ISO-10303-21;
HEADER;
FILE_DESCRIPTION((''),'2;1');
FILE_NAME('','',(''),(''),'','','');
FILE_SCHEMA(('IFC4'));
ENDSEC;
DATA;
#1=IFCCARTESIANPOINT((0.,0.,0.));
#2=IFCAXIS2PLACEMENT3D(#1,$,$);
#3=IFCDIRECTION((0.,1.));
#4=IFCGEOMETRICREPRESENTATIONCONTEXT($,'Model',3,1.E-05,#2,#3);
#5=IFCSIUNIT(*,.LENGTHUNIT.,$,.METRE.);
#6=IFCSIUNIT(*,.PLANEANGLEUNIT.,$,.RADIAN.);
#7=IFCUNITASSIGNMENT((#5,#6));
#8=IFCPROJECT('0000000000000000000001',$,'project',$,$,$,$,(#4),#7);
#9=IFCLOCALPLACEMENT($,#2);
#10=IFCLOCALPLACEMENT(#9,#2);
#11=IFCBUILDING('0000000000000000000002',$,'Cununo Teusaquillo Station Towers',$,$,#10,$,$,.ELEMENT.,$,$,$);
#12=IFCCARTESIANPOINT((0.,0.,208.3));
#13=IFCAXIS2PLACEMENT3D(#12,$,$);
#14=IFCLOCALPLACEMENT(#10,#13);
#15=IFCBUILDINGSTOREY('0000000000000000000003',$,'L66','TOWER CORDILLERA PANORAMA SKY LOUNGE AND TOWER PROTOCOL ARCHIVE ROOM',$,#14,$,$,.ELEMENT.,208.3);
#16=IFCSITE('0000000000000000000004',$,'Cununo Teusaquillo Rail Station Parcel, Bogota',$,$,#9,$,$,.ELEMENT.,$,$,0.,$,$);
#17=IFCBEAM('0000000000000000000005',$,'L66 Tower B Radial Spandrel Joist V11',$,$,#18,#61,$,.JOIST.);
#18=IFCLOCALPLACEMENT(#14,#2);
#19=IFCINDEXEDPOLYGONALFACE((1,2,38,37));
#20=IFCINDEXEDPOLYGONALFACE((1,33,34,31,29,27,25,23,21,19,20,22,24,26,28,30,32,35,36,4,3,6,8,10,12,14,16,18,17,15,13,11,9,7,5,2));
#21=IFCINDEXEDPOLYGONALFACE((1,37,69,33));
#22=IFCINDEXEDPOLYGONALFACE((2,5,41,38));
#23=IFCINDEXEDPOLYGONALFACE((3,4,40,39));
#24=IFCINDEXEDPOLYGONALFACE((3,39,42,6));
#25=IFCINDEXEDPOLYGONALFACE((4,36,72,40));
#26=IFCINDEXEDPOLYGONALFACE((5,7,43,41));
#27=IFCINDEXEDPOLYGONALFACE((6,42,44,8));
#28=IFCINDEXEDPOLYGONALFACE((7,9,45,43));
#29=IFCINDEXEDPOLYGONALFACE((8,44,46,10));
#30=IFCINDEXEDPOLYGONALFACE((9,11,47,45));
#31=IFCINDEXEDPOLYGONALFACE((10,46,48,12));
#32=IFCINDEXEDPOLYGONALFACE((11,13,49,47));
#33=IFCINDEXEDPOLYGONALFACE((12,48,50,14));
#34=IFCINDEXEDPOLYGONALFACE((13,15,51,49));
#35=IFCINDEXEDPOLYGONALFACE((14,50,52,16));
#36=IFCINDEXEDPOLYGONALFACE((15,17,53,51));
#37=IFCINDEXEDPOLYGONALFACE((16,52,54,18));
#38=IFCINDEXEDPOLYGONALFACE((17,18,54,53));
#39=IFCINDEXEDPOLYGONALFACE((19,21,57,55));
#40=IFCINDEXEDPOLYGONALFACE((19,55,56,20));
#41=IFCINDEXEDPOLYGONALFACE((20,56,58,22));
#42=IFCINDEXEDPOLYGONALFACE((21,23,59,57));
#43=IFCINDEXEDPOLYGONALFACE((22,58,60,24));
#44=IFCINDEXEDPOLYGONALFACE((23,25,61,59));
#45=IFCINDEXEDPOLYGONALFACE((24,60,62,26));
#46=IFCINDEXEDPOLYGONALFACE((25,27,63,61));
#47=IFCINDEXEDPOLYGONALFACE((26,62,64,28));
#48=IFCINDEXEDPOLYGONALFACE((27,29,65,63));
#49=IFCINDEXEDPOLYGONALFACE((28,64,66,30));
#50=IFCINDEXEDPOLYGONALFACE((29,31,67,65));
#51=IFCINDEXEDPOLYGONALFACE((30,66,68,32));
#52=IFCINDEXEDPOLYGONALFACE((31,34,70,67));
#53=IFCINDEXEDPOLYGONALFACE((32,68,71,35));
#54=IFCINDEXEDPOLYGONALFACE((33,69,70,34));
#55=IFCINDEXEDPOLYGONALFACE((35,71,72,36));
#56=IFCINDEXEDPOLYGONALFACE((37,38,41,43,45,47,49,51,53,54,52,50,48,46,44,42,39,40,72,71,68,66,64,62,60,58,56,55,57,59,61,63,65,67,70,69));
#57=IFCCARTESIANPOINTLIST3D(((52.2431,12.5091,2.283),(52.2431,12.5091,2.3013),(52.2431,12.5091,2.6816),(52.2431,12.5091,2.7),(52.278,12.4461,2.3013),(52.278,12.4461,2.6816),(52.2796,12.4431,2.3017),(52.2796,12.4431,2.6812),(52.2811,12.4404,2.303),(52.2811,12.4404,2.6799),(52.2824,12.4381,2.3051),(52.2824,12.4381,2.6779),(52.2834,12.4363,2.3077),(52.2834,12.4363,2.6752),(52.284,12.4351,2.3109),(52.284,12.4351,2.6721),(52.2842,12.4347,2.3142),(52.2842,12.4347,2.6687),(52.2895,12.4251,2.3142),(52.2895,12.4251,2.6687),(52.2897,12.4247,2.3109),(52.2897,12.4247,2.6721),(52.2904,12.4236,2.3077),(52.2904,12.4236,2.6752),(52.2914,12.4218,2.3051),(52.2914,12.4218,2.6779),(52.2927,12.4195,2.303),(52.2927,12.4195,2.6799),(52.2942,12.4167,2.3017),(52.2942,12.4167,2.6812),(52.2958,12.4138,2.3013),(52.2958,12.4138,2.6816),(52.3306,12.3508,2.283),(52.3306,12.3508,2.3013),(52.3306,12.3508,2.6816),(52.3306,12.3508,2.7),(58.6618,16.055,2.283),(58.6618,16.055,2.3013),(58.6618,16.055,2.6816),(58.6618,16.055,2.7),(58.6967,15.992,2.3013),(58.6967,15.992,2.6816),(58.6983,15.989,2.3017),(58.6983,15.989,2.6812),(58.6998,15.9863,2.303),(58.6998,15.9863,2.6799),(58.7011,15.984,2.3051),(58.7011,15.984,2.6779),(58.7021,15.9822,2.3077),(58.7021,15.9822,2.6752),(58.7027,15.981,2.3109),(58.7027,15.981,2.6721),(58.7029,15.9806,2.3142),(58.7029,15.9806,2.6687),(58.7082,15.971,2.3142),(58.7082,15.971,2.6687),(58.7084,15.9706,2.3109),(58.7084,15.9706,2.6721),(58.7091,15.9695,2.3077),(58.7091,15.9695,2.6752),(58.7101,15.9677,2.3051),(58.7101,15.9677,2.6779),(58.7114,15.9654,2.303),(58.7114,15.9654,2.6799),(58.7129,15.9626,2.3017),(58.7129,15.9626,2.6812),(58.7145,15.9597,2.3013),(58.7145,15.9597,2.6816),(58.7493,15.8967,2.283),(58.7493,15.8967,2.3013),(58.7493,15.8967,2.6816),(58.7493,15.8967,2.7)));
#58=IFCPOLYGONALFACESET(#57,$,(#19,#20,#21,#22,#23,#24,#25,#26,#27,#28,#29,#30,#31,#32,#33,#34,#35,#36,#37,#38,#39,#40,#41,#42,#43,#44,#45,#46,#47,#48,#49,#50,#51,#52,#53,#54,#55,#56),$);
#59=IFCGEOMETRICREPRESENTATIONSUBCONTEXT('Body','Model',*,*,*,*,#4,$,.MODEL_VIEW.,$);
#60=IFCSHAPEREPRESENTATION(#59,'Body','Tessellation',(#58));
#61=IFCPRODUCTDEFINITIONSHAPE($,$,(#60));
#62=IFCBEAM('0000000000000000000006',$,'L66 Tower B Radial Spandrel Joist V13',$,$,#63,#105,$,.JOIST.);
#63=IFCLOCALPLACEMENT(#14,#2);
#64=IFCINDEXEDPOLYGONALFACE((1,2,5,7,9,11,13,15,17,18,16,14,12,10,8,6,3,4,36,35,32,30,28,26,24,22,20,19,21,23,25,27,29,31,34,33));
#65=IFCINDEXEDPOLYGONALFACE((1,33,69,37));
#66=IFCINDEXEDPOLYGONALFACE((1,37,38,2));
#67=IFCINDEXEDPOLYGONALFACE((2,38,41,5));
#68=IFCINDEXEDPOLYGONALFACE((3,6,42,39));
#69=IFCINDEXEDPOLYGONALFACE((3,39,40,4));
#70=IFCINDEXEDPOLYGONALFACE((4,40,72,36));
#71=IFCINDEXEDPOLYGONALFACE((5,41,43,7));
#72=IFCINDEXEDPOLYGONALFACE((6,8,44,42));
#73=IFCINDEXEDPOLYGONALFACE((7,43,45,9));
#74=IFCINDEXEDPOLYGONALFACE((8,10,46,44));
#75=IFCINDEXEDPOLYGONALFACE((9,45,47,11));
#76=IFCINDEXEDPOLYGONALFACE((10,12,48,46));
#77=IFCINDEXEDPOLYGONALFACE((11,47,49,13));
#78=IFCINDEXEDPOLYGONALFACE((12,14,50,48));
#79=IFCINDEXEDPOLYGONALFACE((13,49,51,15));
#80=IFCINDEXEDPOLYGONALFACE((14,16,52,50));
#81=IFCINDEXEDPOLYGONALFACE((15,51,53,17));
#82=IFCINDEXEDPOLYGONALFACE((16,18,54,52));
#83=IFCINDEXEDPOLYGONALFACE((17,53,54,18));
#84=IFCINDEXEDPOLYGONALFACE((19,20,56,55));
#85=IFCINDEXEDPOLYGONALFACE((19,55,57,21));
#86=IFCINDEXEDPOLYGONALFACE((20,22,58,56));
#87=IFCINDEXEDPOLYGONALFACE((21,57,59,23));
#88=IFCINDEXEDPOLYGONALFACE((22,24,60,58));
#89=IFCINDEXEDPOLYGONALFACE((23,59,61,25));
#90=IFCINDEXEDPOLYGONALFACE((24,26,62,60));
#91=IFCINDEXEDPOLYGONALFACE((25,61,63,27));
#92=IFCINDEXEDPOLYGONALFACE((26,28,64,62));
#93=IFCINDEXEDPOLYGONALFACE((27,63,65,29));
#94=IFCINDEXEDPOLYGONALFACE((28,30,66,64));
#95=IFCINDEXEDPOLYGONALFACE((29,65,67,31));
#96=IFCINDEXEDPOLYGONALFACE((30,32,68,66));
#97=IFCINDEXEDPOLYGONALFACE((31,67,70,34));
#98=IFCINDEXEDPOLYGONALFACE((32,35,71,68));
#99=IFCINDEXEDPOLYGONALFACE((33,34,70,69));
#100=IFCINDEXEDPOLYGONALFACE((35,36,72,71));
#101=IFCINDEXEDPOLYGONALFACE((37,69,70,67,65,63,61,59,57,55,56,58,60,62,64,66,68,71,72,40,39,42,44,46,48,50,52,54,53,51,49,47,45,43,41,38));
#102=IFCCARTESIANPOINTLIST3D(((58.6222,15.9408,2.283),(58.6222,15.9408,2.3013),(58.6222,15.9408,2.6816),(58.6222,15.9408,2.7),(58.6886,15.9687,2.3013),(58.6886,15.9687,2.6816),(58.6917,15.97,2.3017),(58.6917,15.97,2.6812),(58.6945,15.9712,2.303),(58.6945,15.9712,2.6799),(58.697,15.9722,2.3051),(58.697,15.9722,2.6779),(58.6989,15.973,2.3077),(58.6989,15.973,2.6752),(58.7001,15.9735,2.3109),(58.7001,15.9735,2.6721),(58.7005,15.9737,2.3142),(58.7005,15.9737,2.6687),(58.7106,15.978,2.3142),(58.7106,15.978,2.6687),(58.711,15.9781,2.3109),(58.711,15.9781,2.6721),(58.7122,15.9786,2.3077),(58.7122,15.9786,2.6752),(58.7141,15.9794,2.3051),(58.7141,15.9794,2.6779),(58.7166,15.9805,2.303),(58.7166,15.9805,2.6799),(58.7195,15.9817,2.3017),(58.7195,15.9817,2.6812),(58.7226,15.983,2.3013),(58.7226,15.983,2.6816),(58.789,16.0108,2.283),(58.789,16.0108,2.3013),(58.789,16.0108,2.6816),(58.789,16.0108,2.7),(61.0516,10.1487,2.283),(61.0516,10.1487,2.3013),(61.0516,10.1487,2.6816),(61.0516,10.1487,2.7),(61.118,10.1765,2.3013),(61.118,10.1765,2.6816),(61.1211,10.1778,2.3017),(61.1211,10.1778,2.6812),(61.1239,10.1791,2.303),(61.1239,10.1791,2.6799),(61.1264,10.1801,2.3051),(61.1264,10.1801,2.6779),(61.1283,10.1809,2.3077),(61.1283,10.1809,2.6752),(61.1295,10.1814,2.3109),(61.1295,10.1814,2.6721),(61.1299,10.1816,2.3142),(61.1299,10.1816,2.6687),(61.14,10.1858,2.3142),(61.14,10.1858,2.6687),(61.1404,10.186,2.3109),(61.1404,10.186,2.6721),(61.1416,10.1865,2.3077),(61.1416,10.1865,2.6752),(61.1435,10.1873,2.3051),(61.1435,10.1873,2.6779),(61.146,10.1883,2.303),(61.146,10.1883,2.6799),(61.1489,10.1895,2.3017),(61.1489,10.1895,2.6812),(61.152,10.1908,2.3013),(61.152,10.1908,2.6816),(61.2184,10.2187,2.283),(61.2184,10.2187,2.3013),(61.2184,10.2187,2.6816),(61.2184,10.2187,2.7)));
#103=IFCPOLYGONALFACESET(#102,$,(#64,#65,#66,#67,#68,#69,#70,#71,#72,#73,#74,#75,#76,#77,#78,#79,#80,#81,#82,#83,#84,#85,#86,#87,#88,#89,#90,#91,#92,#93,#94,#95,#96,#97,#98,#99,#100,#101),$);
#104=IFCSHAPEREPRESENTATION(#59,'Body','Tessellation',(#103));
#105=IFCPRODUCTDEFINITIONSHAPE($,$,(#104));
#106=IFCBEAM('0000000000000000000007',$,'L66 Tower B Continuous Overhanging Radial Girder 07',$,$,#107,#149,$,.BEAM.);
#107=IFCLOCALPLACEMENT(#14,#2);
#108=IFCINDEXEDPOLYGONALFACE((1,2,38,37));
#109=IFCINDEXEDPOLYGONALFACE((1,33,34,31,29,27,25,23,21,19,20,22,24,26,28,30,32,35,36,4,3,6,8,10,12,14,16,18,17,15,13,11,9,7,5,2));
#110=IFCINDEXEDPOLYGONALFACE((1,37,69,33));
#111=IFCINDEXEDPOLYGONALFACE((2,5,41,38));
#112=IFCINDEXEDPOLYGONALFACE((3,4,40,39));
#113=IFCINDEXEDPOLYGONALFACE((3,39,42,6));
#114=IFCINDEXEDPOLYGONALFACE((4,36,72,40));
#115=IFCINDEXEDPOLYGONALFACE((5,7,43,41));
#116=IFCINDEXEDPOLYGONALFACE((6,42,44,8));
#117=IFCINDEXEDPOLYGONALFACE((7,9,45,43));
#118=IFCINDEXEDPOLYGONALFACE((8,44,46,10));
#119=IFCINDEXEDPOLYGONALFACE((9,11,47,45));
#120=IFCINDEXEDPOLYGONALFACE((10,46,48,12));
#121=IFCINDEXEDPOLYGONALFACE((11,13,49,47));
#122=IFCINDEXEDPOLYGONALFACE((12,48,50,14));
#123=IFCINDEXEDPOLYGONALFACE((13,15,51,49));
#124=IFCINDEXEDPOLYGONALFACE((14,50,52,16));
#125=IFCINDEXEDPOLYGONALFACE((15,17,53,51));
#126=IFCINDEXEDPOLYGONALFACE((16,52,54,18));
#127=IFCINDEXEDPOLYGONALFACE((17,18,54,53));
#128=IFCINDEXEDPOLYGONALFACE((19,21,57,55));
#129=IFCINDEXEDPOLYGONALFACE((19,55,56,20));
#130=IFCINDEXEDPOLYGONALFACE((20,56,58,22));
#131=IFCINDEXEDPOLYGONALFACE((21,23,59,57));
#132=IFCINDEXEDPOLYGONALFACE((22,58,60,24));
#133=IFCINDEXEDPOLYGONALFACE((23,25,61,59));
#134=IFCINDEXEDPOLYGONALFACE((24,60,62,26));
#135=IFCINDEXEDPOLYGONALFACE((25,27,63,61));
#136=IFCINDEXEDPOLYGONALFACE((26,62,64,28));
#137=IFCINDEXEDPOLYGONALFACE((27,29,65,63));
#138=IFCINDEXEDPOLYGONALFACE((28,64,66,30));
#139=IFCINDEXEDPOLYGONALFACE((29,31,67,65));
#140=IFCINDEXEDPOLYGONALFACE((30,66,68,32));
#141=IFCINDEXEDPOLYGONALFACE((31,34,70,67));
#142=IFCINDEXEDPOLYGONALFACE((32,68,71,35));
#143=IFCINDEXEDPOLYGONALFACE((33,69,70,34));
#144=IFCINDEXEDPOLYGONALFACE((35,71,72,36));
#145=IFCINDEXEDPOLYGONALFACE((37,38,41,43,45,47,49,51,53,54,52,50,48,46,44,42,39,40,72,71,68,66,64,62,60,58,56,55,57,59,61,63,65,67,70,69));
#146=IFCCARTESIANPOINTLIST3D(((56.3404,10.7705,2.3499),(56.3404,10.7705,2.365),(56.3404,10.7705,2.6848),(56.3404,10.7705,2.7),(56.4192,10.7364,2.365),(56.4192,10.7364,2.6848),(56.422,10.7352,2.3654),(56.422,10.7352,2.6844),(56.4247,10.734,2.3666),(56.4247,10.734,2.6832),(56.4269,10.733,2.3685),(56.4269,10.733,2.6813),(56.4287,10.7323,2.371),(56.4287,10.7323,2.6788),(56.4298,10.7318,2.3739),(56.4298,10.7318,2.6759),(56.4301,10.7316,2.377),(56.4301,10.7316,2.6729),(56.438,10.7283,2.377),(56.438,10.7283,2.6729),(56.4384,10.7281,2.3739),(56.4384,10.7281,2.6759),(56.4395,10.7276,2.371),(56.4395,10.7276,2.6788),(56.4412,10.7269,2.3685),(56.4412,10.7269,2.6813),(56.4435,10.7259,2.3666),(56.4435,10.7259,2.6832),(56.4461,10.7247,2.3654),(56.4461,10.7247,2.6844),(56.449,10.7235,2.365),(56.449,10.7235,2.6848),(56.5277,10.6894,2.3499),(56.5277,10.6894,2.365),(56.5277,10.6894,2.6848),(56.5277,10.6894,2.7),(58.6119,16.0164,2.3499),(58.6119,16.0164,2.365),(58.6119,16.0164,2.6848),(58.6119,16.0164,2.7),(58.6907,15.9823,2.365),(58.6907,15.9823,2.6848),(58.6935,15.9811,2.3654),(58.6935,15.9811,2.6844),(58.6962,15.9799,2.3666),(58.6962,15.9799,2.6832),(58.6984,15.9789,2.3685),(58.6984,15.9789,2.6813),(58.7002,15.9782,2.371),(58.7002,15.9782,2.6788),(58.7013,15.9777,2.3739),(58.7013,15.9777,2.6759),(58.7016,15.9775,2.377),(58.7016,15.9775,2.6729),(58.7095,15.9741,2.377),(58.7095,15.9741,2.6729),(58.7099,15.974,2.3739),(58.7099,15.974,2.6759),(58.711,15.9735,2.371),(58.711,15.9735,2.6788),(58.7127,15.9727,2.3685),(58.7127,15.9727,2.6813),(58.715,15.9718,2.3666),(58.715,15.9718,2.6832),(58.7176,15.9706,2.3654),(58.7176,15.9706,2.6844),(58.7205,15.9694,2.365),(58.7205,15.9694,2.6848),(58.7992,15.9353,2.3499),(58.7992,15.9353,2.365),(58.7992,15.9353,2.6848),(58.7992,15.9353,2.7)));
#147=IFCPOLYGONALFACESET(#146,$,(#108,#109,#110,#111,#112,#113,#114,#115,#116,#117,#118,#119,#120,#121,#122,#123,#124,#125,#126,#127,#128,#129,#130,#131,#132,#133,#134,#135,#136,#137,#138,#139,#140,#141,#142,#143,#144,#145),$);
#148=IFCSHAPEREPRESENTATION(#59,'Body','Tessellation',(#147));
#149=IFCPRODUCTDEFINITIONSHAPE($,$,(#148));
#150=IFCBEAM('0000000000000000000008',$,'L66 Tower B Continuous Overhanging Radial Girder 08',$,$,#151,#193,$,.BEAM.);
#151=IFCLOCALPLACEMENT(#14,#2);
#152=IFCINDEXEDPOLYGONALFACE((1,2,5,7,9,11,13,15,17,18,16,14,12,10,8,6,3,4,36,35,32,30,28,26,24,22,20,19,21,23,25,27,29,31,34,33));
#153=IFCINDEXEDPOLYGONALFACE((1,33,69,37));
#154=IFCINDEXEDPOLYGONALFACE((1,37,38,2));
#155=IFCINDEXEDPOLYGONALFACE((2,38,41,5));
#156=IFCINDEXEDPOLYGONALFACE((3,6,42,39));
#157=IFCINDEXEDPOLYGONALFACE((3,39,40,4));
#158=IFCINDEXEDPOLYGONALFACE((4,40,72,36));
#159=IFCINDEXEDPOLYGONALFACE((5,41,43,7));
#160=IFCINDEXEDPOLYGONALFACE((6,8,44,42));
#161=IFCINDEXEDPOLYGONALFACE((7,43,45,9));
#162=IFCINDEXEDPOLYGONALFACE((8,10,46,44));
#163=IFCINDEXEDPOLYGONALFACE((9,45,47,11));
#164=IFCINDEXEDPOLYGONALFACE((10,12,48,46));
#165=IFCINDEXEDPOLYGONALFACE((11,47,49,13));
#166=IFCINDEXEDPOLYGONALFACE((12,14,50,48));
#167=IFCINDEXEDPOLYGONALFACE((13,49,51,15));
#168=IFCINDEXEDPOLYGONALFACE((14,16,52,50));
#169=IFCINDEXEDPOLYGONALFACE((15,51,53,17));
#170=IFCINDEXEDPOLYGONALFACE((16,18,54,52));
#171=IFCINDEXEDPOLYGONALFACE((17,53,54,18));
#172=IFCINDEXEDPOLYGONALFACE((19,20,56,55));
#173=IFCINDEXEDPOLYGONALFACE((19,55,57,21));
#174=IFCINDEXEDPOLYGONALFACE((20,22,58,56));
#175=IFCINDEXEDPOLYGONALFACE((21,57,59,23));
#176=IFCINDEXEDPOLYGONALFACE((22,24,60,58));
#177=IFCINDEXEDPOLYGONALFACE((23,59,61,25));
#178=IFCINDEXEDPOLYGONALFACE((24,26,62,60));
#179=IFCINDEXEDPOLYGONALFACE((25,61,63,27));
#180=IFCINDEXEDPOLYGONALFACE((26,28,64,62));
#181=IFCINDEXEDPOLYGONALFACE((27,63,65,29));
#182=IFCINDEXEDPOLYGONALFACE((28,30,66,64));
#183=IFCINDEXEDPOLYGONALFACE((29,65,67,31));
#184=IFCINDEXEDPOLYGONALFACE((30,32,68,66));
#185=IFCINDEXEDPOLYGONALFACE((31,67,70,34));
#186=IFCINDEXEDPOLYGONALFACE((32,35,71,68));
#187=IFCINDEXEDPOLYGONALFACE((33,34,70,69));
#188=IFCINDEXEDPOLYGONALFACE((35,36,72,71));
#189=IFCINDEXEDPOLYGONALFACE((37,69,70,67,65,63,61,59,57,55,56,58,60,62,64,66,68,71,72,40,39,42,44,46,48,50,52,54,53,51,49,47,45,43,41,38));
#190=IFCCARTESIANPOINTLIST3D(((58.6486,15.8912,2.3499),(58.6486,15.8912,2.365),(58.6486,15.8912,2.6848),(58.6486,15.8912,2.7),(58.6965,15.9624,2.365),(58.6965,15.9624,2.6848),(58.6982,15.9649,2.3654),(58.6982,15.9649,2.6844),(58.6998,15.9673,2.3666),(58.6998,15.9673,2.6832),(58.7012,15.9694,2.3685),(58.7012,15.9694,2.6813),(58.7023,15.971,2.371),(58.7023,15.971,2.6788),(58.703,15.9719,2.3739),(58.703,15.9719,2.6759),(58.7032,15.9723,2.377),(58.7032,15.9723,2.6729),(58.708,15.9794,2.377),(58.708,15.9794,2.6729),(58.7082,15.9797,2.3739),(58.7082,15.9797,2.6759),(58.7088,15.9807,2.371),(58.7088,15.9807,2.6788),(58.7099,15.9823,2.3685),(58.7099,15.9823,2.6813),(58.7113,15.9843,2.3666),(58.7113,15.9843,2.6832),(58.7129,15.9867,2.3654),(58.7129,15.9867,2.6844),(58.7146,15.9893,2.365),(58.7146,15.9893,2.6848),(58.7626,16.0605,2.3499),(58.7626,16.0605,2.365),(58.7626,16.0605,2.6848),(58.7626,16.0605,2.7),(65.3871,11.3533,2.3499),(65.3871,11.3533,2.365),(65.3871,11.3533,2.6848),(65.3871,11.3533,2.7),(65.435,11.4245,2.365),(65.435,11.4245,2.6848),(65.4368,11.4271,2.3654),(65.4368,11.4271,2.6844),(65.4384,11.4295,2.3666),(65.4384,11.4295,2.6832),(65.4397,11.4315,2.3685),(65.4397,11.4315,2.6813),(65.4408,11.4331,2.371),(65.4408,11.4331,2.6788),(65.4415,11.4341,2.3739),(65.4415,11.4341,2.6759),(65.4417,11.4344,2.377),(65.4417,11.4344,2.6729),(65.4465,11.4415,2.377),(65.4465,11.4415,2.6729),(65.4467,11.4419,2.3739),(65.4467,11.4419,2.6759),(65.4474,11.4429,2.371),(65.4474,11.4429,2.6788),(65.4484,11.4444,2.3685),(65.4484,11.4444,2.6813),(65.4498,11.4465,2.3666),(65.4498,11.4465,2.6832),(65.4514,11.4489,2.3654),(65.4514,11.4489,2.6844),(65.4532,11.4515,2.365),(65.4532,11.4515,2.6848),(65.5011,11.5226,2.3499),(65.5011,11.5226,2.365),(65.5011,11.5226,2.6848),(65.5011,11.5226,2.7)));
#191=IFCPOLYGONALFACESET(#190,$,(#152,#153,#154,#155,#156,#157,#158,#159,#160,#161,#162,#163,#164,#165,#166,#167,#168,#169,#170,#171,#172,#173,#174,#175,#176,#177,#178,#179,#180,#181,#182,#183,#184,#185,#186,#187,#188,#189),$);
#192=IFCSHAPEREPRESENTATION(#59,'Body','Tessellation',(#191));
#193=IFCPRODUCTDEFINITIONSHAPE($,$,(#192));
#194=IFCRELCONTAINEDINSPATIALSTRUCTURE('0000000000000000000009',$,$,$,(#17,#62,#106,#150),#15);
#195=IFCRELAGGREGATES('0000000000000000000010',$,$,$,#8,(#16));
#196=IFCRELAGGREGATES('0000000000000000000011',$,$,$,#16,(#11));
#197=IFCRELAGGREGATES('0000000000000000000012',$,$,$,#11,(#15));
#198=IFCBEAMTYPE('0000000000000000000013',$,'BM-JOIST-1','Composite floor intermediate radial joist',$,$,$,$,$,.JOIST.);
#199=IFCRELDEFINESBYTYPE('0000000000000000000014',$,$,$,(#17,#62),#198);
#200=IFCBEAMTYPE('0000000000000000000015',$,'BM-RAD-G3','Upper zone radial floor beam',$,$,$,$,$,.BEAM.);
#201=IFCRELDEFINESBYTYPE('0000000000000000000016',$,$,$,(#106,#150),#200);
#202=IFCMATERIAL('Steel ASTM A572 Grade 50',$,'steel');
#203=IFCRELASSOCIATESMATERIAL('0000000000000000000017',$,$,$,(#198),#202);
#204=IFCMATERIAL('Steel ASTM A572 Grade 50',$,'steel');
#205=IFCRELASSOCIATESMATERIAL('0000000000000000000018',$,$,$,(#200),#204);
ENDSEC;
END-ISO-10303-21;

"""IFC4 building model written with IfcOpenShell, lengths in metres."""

from ifc_helpers import new_model, si_unit, direction, frame, origin, origin_2d, place, context, subcontext, project, spatial, i_section, extrude, material, material_profile, profile_set, type_object, element, save


model = new_model("IFC4")

# Units and contexts
model_context = context("Model", 3, precision=1e-05, world=origin(), true_north=direction((0.0, 1.0)))
body_context = subcontext(model_context, "Body", "Model", "MODEL_VIEW")
ifc_project = project(units=[si_unit("LENGTHUNIT", "METRE"), si_unit("PLANEANGLEUNIT", "RADIAN")], contexts=[model_context])

# Site, building, storey
site_placement = place(None, origin())
site = spatial("IfcSite", under=ifc_project, at=site_placement, Name="Cununo Teusaquillo Rail Station Parcel, Bogota", CompositionType="ELEMENT", RefElevation=0.0)
building_placement = place(site_placement, origin())
building = spatial("IfcBuilding", under=site, at=building_placement, Name="Cununo Teusaquillo Station Towers", CompositionType="ELEMENT")
storey_placement = place(building_placement, frame((0.0, 0.0, 208.3)))
storey = spatial("IfcBuildingStorey", under=building, at=storey_placement, Name="L66", Description="TOWER CORDILLERA PANORAMA SKY LOUNGE AND TOWER PROTOCOL ARCHIVE ROOM", CompositionType="ELEMENT", Elevation=208.3)

# Beams
ifc_material_1 = material(Name="Steel ASTM A572 Grade 50", Category="steel")
ifc_material_profile_1 = material_profile(ifc_material_1, i_section(OverallWidth=0.1809, OverallDepth=0.417, WebThickness=0.011, FlangeThickness=0.0183, FilletRadius=0.0129, at=origin_2d()), Name="W16X57")
ifc_profile_set_1 = profile_set([ifc_material_profile_1], Name="Steel ASTM A572 Grade 50")
beam_type_1 = type_object("IfcBeamType", Name="BM-JOIST-1", Description="Composite floor intermediate radial joist", PredefinedType="JOIST", material=ifc_profile_set_1)
beam_1_placement = place(storey_placement, frame((58.7056, 15.9758, 2.4915), z_axis=(-0.875315, -0.483553, 0.0), x_axis=(0.483553, -0.875315, 0.0)))
element("IfcBeam", 1, at=beam_1_placement, inside=storey, type_object=beam_type_1, Name="L66 Tower B Radial Spandrel Joist V11", PredefinedType="JOIST", context=body_context, shape_type="SweptSolid", body=[
    extrude(i_section(OverallWidth=0.1809, OverallDepth=0.417, WebThickness=0.011, FlangeThickness=0.0183, FilletRadius=0.0129, at=origin_2d()), origin(), (0.0, 0.0, 1.0), 7.333),
])
beam_2_placement = place(storey_placement, frame((58.7056, 15.9758, 2.4915), z_axis=(0.386786, -0.922169, 0.0), x_axis=(0.922169, 0.386786, 0.0)))
element("IfcBeam", 2, at=beam_2_placement, inside=storey, type_object=beam_type_1, Name="L66 Tower B Radial Spandrel Joist V13", PredefinedType="JOIST", context=body_context, shape_type="SweptSolid", body=[
    extrude(i_section(OverallWidth=0.1809, OverallDepth=0.417, WebThickness=0.011, FlangeThickness=0.0183, FilletRadius=0.0129, at=origin_2d()), origin(), (0.0, 0.0, 1.0), 6.281),
])
ifc_material_2 = material(Name="Steel ASTM A572 Grade 50", Category="steel")
ifc_material_profile_2 = material_profile(ifc_material_2, i_section(OverallWidth=0.2041, OverallDepth=0.3501, WebThickness=0.0085, FlangeThickness=0.0151, FilletRadius=0.012, at=origin_2d()), Name="W14X48")
ifc_profile_set_2 = profile_set([ifc_material_profile_2], Name="Steel ASTM A572 Grade 50")
beam_type_2 = type_object("IfcBeamType", Name="BM-RAD-G3", Description="Upper zone radial floor beam", PredefinedType="BEAM", material=ifc_profile_set_2)
beam_3_placement = place(storey_placement, frame((58.7056, 15.9758, 2.5249), z_axis=(-0.397355, -0.917665, 0.0), x_axis=(0.917665, -0.397355, 0.0)))
element("IfcBeam", 3, at=beam_3_placement, inside=storey, type_object=beam_type_2, Name="L66 Tower B Continuous Overhanging Radial Girder 07", PredefinedType="BEAM", context=body_context, shape_type="SweptSolid", body=[
    extrude(i_section(OverallWidth=0.2041, OverallDepth=0.3501, WebThickness=0.0085, FlangeThickness=0.0151, FilletRadius=0.012, at=origin_2d()), origin(), (0.0, 0.0, 1.0), 5.7166),
])
beam_4_placement = place(storey_placement, frame((58.7056, 15.9758, 2.5249), z_axis=(0.829457, -0.558571, 0.0), x_axis=(0.558571, 0.829457, 0.0)))
element("IfcBeam", 4, at=beam_4_placement, inside=storey, type_object=beam_type_2, Name="L66 Tower B Continuous Overhanging Radial Girder 08", PredefinedType="BEAM", context=body_context, shape_type="SweptSolid", body=[
    extrude(i_section(OverallWidth=0.2041, OverallDepth=0.3501, WebThickness=0.0085, FlangeThickness=0.0151, FilletRadius=0.012, at=origin_2d()), origin(), (0.0, 0.0, 1.0), 8.124),
])

save(model, "model.ifc")
